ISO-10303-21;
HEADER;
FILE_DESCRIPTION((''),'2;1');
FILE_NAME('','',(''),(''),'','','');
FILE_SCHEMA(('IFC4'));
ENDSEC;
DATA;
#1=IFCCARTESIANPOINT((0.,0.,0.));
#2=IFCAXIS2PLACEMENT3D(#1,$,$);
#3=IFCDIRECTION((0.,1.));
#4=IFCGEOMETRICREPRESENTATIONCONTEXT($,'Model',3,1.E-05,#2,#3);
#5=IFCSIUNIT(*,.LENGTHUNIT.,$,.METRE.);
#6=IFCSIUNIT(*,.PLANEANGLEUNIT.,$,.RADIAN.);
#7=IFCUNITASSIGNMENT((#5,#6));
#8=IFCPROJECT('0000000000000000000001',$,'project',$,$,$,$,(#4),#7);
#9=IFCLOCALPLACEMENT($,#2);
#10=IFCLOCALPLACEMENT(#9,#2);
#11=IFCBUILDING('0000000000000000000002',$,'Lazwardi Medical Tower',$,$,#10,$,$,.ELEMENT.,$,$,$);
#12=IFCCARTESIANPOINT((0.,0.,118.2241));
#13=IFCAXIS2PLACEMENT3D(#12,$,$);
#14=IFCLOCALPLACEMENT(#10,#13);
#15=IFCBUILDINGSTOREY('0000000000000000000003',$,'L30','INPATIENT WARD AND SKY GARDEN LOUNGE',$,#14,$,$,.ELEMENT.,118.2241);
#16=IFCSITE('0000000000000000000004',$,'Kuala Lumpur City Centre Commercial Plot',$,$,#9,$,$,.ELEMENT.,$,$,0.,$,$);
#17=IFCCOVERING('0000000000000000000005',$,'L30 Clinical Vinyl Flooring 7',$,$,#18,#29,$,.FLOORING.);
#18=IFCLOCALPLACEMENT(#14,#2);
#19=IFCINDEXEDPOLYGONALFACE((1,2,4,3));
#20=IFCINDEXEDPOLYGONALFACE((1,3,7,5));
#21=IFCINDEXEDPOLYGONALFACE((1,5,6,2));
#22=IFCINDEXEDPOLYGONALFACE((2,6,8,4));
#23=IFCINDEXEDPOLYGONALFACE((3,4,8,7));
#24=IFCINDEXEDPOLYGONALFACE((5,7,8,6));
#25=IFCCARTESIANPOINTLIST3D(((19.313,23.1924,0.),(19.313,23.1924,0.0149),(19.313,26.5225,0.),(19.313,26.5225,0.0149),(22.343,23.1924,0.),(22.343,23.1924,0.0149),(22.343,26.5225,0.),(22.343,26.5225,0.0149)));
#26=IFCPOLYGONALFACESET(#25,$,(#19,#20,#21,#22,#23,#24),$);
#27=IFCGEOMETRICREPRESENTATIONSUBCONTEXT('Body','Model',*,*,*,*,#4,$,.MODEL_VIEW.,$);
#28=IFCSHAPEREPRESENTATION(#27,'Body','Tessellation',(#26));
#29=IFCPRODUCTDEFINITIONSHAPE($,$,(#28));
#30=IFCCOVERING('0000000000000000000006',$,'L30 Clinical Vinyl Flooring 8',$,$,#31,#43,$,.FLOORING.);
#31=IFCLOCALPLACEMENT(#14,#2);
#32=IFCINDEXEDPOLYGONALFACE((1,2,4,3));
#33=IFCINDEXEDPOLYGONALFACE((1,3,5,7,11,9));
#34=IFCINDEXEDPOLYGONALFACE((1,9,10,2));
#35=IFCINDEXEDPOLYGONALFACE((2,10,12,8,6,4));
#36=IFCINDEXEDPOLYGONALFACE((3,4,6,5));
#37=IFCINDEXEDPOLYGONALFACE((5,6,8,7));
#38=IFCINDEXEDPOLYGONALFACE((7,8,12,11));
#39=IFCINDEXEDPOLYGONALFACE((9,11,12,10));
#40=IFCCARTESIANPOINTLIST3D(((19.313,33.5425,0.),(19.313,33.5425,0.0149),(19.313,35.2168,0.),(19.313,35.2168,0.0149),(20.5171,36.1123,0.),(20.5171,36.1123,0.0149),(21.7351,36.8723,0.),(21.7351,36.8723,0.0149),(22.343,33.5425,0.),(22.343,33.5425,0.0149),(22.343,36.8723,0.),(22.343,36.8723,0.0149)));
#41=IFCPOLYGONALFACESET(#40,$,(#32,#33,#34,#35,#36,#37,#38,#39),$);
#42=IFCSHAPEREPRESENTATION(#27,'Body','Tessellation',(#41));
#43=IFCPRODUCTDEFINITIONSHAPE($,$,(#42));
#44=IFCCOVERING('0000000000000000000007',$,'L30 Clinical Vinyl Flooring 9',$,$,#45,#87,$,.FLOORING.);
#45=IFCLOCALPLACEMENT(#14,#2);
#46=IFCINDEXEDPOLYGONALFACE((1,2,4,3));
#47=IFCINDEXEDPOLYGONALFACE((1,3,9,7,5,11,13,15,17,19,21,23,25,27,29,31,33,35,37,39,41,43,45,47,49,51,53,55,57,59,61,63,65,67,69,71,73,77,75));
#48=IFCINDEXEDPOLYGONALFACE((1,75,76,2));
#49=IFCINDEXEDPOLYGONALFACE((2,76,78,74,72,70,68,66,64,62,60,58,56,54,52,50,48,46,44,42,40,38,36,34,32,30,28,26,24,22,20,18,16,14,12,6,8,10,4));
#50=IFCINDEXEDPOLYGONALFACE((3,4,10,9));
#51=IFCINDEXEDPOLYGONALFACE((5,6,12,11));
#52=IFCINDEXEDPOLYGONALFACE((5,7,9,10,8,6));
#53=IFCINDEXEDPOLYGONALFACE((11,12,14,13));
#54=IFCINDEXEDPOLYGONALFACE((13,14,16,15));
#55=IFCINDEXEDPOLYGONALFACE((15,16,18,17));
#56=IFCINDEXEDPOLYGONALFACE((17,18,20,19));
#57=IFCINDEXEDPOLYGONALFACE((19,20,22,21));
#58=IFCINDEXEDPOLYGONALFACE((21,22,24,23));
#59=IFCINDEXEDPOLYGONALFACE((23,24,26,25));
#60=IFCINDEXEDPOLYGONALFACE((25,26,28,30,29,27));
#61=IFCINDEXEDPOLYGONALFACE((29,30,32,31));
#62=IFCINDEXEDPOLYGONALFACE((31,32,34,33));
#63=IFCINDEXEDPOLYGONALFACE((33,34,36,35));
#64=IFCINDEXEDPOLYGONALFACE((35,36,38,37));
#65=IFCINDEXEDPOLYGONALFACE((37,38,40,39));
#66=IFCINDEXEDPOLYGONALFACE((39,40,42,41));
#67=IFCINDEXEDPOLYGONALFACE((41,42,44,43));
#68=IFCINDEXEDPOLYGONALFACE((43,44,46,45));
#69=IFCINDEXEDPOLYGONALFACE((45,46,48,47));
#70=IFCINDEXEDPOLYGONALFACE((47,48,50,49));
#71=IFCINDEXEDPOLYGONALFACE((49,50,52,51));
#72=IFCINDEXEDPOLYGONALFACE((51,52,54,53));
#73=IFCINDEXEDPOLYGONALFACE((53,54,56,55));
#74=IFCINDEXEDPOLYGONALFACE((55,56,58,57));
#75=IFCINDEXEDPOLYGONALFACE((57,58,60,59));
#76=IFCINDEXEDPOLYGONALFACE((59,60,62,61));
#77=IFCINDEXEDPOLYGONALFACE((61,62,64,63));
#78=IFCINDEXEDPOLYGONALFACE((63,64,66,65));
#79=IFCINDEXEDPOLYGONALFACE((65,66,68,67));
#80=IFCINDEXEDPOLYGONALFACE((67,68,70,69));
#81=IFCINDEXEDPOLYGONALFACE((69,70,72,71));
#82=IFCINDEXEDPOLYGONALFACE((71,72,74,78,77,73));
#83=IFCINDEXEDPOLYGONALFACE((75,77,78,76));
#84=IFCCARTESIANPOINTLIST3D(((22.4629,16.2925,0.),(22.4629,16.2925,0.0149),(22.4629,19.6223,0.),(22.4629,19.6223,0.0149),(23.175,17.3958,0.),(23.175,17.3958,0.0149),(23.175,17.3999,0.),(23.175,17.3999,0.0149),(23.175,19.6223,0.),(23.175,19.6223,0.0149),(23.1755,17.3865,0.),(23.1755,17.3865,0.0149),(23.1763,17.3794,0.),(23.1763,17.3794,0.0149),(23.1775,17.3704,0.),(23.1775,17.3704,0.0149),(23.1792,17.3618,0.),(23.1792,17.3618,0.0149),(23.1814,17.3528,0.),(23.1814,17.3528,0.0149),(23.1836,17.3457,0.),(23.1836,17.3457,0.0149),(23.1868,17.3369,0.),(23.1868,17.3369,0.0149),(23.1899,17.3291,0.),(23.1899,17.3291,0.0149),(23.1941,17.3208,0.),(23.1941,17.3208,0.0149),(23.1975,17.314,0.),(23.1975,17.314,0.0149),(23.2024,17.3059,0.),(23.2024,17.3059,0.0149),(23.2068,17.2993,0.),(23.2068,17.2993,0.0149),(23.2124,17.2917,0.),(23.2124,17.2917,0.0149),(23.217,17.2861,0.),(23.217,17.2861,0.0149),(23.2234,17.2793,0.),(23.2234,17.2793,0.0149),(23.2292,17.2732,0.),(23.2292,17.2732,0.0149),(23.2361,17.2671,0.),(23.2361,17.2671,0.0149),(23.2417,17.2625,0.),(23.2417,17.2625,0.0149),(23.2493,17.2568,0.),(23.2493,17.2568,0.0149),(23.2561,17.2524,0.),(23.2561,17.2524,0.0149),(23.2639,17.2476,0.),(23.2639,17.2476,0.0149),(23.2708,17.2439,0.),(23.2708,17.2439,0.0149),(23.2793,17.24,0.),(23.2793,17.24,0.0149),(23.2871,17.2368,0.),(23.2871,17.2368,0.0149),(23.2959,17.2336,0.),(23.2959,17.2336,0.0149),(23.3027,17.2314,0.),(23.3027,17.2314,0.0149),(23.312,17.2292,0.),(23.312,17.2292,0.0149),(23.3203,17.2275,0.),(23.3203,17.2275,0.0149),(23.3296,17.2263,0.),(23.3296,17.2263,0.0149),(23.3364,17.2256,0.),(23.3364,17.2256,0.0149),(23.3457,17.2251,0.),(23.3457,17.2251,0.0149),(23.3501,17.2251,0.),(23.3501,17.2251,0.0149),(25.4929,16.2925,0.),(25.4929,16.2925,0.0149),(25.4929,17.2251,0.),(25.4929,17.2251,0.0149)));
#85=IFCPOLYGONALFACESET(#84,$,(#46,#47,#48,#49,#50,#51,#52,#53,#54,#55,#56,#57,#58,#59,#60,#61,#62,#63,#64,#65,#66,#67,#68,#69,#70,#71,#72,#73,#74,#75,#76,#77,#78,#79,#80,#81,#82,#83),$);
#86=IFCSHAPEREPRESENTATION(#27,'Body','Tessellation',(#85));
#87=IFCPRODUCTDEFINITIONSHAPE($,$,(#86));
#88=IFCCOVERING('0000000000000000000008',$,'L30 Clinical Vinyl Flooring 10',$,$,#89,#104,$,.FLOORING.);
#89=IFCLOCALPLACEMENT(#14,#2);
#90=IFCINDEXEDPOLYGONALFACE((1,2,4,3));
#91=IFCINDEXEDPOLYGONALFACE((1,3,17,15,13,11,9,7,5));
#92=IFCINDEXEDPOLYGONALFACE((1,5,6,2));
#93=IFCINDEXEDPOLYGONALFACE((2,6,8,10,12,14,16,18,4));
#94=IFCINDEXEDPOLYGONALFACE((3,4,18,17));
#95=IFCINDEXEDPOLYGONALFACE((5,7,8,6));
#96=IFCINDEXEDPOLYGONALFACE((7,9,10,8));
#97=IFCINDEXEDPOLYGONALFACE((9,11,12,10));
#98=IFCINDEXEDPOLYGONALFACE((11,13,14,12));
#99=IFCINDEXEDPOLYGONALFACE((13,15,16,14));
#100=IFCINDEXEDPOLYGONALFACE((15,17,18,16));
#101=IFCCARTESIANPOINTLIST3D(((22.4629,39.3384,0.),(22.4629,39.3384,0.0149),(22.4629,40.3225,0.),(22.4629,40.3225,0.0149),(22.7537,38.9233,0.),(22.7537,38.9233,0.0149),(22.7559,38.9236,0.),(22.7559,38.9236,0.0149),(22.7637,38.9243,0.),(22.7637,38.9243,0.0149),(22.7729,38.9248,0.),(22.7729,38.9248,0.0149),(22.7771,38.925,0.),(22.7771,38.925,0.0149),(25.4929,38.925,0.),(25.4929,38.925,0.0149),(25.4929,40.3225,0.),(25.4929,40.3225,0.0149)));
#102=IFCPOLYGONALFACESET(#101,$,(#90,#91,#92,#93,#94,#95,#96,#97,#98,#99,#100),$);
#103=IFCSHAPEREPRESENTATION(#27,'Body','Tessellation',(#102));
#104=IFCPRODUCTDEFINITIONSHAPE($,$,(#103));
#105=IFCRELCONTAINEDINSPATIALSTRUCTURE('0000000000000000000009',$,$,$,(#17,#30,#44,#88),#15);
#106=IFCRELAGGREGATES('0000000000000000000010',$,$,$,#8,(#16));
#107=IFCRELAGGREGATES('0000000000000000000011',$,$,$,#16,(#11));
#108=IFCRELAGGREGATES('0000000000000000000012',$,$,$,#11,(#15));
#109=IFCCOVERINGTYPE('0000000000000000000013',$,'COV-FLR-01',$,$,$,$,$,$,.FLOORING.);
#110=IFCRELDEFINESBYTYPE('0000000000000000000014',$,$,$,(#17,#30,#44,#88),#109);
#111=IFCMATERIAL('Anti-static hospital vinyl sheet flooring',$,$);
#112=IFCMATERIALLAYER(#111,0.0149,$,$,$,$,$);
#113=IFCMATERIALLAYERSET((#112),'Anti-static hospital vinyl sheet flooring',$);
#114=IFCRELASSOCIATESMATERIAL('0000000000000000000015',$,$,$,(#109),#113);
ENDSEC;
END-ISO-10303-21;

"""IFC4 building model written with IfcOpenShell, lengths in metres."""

from ifc_helpers import new_model, si_unit, direction, frame, origin, place, context, subcontext, project, spatial, polyline, outline, extrude, material, layer, layer_set, type_object, element, save


model = new_model("IFC4")

# Units and contexts
model_context = context("Model", 3, precision=1e-05, world=origin(), true_north=direction((0.0, 1.0)))
body_context = subcontext(model_context, "Body", "Model", "MODEL_VIEW")
ifc_project = project(units=[si_unit("LENGTHUNIT", "METRE"), si_unit("PLANEANGLEUNIT", "RADIAN")], contexts=[model_context])

# Site, building, storey
site_placement = place(None, origin())
site = spatial("IfcSite", under=ifc_project, at=site_placement, Name="Kuala Lumpur City Centre Commercial Plot", CompositionType="ELEMENT", RefElevation=0.0)
building_placement = place(site_placement, origin())
building = spatial("IfcBuilding", under=site, at=building_placement, Name="Lazwardi Medical Tower", CompositionType="ELEMENT")
storey_placement = place(building_placement, frame((0.0, 0.0, 118.2241)))
storey = spatial("IfcBuildingStorey", under=building, at=storey_placement, Name="L30", Description="INPATIENT WARD AND SKY GARDEN LOUNGE", CompositionType="ELEMENT", Elevation=118.2241)

# Coverings
ifc_material_1 = material(Name="Anti-static hospital vinyl sheet flooring")
ifc_layer_1 = layer(ifc_material_1, 0.0149)
ifc_layer_set_1 = layer_set([ifc_layer_1], Name="Anti-static hospital vinyl sheet flooring")
covering_type_1 = type_object("IfcCoveringType", Name="COV-FLR-01", PredefinedType="FLOORING", material=ifc_layer_set_1)
covering_1_placement = place(storey_placement, origin())
element("IfcCovering", 1, at=covering_1_placement, inside=storey, type_object=covering_type_1, Name="L30 Clinical Vinyl Flooring 7", PredefinedType="FLOORING", context=body_context, shape_type="SweptSolid", body=[
    extrude(outline(polyline([(22.343, 23.1924), (22.343, 26.5225), (19.313, 26.5225), (19.313, 23.1924), (22.343, 23.1924)])), origin(), (0.0, 0.0, 1.0), 0.0149),
])
covering_2_placement = place(storey_placement, origin())
element("IfcCovering", 2, at=covering_2_placement, inside=storey, type_object=covering_type_1, Name="L30 Clinical Vinyl Flooring 8", PredefinedType="FLOORING", context=body_context, shape_type="SweptSolid", body=[
    extrude(outline(polyline([(21.7351, 36.8723), (20.5171, 36.1123), (19.313, 35.2168), (19.313, 33.5425), (22.343, 33.5425), (22.343, 36.8723), (21.7351, 36.8723)])), origin(), (0.0, 0.0, 1.0), 0.0149),
])
covering_3_placement = place(storey_placement, origin())
element("IfcCovering", 3, at=covering_3_placement, inside=storey, type_object=covering_type_1, Name="L30 Clinical Vinyl Flooring 9", PredefinedType="FLOORING", context=body_context, shape_type="SweptSolid", body=[
    extrude(outline(polyline([(25.4929, 17.2251), (23.3501, 17.2251), (23.3457, 17.2251), (23.3364, 17.2256), (23.3296, 17.2263), (23.3203, 17.2275), (23.312, 17.2292), (23.3027, 17.2314), (23.2959, 17.2336), (23.2871, 17.2368), (23.2793, 17.24), (23.2708, 17.2439), (23.2639, 17.2476), (23.2561, 17.2524), (23.2493, 17.2568), (23.2417, 17.2625), (23.2361, 17.2671), (23.2292, 17.2732), (23.2234, 17.2793), (23.217, 17.2861), (23.2124, 17.2917), (23.2068, 17.2993), (23.2024, 17.3059), (23.1975, 17.314), (23.1941, 17.3208), (23.1899, 17.3291), (23.1868, 17.3369), (23.1836, 17.3457), (23.1814, 17.3528), (23.1792, 17.3618), (23.1775, 17.3704), (23.1763, 17.3794), (23.1755, 17.3865), (23.175, 17.3958), (23.175, 17.3999), (23.175, 19.6223), (22.4629, 19.6223), (22.4629, 16.2925), (25.4929, 16.2925), (25.4929, 17.2251)])), origin(), (0.0, 0.0, 1.0), 0.0149),
])
covering_4_placement = place(storey_placement, origin())
element("IfcCovering", 4, at=covering_4_placement, inside=storey, type_object=covering_type_1, Name="L30 Clinical Vinyl Flooring 10", PredefinedType="FLOORING", context=body_context, shape_type="SweptSolid", body=[
    extrude(outline(polyline([(22.4629, 39.3384), (22.7537, 38.9233), (22.7559, 38.9236), (22.7637, 38.9243), (22.7729, 38.9248), (22.7771, 38.925), (25.4929, 38.925), (25.4929, 40.3225), (22.4629, 40.3225), (22.4629, 39.3384)])), origin(), (0.0, 0.0, 1.0), 0.0149),
])

save(model, "model.ifc")
